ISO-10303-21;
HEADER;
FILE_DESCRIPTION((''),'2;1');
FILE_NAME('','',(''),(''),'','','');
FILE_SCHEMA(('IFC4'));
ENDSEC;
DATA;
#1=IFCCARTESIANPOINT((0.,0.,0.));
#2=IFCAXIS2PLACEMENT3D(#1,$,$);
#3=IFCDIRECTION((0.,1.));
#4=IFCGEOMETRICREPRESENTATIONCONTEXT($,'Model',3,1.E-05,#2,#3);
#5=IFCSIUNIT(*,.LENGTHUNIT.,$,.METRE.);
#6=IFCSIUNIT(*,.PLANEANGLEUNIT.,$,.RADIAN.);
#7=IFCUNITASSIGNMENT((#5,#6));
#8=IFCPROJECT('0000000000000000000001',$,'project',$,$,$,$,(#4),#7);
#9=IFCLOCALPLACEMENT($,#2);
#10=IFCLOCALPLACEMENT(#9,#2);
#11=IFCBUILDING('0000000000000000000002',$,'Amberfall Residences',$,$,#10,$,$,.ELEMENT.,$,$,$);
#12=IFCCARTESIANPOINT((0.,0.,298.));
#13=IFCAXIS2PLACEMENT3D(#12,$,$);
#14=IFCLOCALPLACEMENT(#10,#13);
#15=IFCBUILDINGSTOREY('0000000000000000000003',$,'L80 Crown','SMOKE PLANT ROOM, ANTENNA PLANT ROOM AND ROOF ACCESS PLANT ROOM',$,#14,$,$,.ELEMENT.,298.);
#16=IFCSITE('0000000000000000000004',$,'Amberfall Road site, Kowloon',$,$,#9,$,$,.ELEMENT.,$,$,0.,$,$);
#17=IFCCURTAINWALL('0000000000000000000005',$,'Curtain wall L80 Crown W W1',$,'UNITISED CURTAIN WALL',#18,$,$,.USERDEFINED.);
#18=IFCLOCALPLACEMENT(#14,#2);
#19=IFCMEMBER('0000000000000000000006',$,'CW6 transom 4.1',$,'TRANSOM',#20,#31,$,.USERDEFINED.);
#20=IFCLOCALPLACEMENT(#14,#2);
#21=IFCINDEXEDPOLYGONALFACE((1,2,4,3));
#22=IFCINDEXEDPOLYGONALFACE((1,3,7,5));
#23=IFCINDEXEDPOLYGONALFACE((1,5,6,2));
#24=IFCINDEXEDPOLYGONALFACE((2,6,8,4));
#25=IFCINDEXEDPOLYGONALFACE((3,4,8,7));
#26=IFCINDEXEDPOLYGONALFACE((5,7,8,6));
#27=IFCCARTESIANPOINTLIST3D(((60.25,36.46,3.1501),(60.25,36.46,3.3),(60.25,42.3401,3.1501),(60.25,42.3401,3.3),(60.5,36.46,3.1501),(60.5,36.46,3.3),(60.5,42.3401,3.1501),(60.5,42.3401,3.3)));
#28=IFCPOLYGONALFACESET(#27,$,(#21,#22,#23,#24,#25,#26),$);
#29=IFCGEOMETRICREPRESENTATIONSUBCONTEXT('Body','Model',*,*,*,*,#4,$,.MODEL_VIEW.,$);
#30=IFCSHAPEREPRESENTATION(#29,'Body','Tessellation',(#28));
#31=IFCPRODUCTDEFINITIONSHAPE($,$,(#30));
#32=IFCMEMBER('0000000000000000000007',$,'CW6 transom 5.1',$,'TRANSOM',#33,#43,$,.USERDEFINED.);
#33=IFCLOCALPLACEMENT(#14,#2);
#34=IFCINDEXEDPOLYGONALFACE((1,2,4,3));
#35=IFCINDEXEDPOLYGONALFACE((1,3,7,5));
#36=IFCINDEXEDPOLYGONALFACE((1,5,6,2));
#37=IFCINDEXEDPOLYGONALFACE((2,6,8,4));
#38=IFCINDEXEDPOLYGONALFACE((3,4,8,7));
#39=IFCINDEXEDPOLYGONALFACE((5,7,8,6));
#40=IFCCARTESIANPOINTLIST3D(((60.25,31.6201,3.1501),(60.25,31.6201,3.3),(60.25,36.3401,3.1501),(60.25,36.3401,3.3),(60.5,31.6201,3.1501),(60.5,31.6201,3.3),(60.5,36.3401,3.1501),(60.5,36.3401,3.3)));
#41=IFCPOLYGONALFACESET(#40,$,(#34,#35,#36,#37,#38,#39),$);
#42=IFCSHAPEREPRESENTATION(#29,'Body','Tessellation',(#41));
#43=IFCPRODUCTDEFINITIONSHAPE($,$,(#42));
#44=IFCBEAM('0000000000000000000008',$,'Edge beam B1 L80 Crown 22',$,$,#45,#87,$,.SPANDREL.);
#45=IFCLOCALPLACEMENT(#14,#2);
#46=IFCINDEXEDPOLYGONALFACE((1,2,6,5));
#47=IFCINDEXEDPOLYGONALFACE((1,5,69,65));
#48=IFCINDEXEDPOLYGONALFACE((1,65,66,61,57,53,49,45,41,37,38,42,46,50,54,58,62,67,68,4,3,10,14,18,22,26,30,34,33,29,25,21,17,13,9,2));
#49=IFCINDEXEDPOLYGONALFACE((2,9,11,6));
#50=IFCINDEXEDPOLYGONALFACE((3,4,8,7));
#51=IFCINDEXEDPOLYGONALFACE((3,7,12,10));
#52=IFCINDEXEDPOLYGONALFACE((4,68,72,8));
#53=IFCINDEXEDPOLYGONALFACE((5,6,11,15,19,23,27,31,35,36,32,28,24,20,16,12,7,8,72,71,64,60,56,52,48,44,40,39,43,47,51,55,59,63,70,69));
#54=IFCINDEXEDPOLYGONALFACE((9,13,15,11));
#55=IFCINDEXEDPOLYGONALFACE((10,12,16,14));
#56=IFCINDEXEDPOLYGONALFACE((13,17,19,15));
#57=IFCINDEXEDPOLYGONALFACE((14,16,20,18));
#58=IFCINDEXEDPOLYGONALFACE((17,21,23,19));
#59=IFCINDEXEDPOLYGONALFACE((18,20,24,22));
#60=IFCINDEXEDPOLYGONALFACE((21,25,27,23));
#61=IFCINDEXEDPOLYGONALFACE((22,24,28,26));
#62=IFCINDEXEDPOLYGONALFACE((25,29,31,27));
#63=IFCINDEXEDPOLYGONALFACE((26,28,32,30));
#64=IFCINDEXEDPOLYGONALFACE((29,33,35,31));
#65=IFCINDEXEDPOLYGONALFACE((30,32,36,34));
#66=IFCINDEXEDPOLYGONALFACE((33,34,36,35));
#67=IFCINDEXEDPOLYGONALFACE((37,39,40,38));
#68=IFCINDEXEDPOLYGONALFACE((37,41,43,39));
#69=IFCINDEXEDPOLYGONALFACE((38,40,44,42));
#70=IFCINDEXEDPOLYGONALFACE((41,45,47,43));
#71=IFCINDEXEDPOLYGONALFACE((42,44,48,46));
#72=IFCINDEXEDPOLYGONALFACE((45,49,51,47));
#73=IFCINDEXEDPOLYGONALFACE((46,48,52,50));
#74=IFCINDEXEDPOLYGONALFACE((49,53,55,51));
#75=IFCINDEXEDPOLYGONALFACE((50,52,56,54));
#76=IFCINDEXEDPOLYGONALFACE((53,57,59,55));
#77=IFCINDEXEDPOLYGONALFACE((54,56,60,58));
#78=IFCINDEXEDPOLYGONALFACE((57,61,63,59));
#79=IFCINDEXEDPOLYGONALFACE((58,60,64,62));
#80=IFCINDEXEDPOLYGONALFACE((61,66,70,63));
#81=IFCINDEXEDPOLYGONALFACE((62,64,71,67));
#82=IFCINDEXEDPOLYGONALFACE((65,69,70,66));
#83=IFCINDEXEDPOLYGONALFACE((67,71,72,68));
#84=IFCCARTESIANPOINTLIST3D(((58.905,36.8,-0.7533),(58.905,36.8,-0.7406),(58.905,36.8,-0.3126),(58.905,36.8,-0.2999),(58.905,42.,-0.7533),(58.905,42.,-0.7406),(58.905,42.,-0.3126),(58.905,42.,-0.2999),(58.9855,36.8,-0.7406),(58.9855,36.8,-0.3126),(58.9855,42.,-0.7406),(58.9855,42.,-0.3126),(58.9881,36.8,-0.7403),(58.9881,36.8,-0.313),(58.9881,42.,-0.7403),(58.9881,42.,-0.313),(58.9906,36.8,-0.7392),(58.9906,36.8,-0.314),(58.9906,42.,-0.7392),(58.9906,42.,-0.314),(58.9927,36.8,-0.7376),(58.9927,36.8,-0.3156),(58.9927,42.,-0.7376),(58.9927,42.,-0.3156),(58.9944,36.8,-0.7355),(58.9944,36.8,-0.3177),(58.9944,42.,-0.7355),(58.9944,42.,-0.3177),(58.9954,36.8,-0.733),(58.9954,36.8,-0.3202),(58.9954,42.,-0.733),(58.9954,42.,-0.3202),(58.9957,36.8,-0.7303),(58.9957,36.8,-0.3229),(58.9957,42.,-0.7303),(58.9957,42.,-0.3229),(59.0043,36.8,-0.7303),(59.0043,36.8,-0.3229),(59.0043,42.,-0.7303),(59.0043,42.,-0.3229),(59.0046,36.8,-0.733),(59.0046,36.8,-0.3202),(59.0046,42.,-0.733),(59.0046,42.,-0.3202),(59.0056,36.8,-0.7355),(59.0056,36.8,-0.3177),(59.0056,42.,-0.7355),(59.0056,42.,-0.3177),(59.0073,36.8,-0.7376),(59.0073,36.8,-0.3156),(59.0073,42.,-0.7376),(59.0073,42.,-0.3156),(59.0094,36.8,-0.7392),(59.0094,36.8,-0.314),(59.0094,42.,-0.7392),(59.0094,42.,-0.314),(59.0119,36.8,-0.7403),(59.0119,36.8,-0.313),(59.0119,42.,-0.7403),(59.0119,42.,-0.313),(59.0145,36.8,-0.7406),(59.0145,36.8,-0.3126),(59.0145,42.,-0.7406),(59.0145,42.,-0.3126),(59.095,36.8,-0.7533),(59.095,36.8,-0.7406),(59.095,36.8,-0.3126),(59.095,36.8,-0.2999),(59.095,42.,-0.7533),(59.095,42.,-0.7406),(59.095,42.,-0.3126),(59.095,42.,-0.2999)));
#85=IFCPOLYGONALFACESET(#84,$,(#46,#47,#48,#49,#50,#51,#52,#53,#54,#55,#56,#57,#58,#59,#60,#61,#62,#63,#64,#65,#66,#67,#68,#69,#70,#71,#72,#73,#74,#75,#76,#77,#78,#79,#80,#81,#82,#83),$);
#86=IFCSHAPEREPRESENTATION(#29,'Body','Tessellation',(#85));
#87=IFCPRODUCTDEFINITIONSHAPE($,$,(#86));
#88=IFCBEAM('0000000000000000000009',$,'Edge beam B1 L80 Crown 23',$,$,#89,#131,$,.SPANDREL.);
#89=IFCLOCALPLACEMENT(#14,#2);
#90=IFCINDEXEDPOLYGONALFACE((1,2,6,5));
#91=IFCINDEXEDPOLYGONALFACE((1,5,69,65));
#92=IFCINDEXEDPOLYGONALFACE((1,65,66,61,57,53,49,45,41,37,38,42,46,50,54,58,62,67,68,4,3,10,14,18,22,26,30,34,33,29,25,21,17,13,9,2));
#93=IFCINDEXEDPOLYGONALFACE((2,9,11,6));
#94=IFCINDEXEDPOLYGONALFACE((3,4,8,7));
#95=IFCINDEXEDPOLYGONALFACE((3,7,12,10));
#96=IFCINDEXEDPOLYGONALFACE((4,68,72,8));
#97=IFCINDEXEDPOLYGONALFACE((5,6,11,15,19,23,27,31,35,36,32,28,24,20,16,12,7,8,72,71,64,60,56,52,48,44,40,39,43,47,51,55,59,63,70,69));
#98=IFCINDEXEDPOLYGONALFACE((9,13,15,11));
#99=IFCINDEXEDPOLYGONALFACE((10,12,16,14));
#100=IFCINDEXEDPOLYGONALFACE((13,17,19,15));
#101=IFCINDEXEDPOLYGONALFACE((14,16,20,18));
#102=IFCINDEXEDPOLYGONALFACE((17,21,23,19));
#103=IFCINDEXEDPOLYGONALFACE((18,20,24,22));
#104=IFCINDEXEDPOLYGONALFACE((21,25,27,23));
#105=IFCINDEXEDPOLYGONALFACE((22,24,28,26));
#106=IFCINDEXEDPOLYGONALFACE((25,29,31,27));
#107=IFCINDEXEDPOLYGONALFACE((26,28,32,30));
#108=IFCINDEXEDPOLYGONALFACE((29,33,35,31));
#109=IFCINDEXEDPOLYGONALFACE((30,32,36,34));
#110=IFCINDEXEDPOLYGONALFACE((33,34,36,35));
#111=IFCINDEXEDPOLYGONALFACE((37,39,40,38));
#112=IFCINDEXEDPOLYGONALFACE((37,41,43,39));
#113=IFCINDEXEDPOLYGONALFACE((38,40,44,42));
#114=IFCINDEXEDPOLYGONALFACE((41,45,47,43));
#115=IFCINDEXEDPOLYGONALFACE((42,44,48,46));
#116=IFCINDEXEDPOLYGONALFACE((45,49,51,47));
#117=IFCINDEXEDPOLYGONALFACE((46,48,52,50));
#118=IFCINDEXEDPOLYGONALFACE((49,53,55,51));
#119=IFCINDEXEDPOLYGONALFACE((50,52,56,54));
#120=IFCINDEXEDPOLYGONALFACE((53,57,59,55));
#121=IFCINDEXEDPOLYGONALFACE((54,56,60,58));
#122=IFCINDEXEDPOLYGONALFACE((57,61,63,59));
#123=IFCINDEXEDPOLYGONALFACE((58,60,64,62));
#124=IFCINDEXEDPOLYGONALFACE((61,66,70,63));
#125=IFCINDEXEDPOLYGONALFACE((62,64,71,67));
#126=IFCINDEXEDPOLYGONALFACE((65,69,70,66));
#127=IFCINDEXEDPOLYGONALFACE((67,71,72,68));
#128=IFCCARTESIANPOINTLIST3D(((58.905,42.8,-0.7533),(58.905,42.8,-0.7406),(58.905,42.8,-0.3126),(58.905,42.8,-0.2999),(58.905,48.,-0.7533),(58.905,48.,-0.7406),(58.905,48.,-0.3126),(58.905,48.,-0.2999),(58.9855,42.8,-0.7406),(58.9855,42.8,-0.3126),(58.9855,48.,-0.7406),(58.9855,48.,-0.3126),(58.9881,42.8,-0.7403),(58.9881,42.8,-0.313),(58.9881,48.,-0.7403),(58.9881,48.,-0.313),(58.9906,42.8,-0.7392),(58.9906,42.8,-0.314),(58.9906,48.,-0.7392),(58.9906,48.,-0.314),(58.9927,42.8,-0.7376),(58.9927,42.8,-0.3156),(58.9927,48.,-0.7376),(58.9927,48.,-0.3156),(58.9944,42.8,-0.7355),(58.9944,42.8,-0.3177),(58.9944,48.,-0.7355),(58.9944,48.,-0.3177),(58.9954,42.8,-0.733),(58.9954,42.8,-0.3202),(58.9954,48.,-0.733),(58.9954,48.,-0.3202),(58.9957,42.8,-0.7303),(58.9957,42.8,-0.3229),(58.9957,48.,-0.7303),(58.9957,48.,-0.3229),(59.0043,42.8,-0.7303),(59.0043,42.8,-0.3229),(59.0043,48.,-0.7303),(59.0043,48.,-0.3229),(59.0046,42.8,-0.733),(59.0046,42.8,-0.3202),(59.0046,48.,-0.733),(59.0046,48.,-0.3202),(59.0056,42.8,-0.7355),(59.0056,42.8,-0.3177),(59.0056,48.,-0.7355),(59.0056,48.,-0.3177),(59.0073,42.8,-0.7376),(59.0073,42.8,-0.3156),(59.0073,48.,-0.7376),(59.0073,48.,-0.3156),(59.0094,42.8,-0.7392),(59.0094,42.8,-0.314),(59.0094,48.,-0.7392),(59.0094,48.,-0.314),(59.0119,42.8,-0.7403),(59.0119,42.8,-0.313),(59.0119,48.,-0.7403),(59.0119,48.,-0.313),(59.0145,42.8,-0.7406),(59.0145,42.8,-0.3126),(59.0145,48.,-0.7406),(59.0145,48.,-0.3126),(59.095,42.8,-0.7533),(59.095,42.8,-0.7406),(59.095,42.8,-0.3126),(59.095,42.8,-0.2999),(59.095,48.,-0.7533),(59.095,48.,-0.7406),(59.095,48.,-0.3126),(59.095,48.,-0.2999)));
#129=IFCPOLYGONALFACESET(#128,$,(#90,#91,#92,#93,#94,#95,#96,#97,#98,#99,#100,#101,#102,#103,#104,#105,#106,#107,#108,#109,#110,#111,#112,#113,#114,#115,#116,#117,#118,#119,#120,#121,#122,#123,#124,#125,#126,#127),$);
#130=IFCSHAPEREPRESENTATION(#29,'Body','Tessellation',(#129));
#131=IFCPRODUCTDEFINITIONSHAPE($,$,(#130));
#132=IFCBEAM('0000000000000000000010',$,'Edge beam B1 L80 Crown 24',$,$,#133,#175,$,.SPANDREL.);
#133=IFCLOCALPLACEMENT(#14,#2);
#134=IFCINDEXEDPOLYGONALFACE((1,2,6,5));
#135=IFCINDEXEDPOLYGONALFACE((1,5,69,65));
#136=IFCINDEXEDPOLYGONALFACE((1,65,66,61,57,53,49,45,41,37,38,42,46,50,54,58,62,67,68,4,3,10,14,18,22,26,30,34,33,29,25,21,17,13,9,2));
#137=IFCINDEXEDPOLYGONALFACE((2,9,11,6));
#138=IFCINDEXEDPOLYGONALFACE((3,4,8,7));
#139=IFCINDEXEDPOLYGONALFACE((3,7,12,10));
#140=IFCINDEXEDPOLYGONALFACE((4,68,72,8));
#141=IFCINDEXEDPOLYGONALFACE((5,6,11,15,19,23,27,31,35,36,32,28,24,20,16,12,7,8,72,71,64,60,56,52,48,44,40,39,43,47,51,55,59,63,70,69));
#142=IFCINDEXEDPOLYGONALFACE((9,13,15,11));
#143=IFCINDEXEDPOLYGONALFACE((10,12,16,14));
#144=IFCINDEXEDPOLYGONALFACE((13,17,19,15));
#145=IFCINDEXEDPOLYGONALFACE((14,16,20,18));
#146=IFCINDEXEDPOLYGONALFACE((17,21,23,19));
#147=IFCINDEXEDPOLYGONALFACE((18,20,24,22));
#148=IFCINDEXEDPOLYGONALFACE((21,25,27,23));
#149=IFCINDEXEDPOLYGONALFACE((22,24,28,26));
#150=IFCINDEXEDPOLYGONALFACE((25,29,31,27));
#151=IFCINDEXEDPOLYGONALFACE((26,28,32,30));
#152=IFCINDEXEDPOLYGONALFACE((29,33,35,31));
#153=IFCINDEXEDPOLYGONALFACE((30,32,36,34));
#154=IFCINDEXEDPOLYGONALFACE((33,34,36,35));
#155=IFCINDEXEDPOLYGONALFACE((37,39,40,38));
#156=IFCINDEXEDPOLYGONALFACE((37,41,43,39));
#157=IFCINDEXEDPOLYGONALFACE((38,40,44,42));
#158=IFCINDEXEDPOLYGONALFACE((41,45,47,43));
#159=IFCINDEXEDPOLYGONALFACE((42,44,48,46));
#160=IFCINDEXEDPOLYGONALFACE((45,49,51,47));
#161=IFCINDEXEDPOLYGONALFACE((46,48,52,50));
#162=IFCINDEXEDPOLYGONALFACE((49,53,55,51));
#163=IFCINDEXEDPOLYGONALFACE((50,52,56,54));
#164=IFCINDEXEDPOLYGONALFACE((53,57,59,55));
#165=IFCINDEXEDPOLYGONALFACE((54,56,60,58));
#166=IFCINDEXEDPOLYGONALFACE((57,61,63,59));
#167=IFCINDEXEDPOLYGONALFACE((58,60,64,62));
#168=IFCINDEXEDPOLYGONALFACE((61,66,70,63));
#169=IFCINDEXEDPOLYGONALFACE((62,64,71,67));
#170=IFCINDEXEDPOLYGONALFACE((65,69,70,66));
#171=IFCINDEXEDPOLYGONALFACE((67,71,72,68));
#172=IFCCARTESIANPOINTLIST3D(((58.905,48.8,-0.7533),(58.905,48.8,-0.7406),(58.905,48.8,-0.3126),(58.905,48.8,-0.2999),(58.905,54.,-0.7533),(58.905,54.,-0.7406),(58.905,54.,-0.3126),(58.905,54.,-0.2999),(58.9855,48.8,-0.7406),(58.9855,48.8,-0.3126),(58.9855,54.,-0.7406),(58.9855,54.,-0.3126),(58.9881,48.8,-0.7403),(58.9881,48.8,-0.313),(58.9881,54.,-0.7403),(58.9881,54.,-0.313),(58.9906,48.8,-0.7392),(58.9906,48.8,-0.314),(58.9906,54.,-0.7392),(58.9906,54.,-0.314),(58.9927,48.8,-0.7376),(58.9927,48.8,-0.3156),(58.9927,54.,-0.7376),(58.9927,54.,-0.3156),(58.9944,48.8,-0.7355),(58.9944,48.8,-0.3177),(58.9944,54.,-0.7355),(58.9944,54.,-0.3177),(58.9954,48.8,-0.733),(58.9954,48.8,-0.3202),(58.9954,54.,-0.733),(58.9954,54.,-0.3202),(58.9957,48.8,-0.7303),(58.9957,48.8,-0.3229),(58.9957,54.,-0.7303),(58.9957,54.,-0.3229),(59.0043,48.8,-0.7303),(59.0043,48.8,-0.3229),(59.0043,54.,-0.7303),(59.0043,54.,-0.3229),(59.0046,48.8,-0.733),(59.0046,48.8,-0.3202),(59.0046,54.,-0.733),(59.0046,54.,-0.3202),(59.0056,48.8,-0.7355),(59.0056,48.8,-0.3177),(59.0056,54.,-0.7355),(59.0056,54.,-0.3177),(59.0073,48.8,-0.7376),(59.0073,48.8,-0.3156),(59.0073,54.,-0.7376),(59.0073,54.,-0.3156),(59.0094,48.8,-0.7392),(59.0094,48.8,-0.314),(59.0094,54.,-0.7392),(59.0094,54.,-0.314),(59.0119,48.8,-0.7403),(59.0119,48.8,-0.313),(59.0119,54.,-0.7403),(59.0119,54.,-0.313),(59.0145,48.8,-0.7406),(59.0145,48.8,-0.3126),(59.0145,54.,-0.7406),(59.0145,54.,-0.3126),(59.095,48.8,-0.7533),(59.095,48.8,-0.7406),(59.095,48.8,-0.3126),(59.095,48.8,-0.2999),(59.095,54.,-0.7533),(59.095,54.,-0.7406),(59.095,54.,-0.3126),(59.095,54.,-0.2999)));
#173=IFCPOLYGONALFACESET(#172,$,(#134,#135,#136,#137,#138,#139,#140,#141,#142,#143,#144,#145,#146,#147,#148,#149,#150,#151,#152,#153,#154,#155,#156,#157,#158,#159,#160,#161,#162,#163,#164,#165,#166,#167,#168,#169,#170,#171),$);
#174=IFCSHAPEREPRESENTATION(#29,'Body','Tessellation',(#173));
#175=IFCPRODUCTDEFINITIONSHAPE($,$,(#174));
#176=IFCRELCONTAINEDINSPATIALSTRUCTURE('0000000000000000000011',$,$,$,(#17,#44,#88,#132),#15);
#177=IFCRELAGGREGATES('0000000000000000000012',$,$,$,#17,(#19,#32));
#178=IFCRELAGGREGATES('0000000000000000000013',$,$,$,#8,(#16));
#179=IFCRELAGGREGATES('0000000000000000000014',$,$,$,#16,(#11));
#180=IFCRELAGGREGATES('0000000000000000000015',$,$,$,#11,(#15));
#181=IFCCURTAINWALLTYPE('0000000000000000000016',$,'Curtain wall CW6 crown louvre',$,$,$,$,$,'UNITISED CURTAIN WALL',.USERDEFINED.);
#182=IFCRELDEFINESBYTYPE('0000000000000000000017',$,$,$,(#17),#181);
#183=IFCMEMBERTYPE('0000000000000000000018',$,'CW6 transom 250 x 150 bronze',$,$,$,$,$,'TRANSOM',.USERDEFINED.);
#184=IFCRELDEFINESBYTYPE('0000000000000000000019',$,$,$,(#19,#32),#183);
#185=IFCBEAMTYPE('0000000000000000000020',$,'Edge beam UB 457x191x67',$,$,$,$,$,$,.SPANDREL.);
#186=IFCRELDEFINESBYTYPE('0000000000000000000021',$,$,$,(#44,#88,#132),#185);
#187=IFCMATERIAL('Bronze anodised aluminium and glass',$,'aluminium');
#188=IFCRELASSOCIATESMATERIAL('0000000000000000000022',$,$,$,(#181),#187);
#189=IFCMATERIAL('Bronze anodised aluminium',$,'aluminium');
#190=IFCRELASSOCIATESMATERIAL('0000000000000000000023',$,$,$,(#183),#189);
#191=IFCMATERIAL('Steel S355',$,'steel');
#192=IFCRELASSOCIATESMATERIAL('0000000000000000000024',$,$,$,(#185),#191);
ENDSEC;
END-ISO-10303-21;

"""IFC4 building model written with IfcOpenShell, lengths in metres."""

from ifc_helpers import new_model, si_unit, direction, frame, origin, origin_2d, place, context, subcontext, project, spatial, rectangle, i_section, extrude, material, material_profile, profile_set, type_object, element, aggregate, save


model = new_model("IFC4")

# Units and contexts
model_context = context("Model", 3, precision=1e-05, world=origin(), true_north=direction((0.0, 1.0)))
body_context = subcontext(model_context, "Body", "Model", "MODEL_VIEW")
ifc_project = project(units=[si_unit("LENGTHUNIT", "METRE"), si_unit("PLANEANGLEUNIT", "RADIAN")], contexts=[model_context])

# Site, building, storey
site_placement = place(None, origin())
site = spatial("IfcSite", under=ifc_project, at=site_placement, Name="Amberfall Road site, Kowloon", CompositionType="ELEMENT", RefElevation=0.0)
building_placement = place(site_placement, origin())
building = spatial("IfcBuilding", under=site, at=building_placement, Name="Amberfall Residences", CompositionType="ELEMENT")
storey_placement = place(building_placement, frame((0.0, 0.0, 298.0)))
storey = spatial("IfcBuildingStorey", under=building, at=storey_placement, Name="L80 Crown", Description="SMOKE PLANT ROOM, ANTENNA PLANT ROOM AND ROOF ACCESS PLANT ROOM", CompositionType="ELEMENT", Elevation=298.0)

# Shared definitions
ifc_material_1 = material(Name="Bronze anodised aluminium and glass", Category="aluminium")
curtain_wall_type = type_object("IfcCurtainWallType", Name="Curtain wall CW6 crown louvre", ElementType="UNITISED CURTAIN WALL", PredefinedType="USERDEFINED", material=ifc_material_1)
ifc_material_2 = material(Name="Bronze anodised aluminium", Category="aluminium")

# Curtain wall
curtain_wall_1_placement = place(storey_placement, origin())
curtain_wall_1 = element("IfcCurtainWall", 1, at=curtain_wall_1_placement, inside=storey, type_object=curtain_wall_type, Name="Curtain wall L80 Crown W W1", ObjectType="UNITISED CURTAIN WALL", PredefinedType="USERDEFINED")

# Members
ifc_material_profile_1 = material_profile(ifc_material_2, rectangle(XDim=0.25, YDim=0.1499, at=origin_2d()), Name="CW6 transom 250 x 150 bronze")
ifc_profile_set_1 = profile_set([ifc_material_profile_1], Name="Bronze anodised aluminium")
member_type_1 = type_object("IfcMemberType", Name="CW6 transom 250 x 150 bronze", ElementType="TRANSOM", PredefinedType="USERDEFINED", material=ifc_profile_set_1)
member_1_placement = place(storey_placement, frame((60.375, 42.3401, 3.2251), z_axis=(0.0, -1.0, 0.0), x_axis=(1.0, 0.0, 0.0)))
member_1 = element("IfcMember", 2, at=member_1_placement, type_object=member_type_1, Name="CW6 transom 4.1", ObjectType="TRANSOM", PredefinedType="USERDEFINED", context=body_context, shape_type="SweptSolid", body=[
    extrude(rectangle(XDim=0.25, YDim=0.1499, at=origin_2d()), origin(), (0.0, 0.0, 1.0), 5.8801),
])
member_2_placement = place(storey_placement, frame((60.375, 36.3401, 3.2251), z_axis=(0.0, -1.0, 0.0), x_axis=(1.0, 0.0, 0.0)))
member_2 = element("IfcMember", 3, at=member_2_placement, type_object=member_type_1, Name="CW6 transom 5.1", ObjectType="TRANSOM", PredefinedType="USERDEFINED", context=body_context, shape_type="SweptSolid", body=[
    extrude(rectangle(XDim=0.25, YDim=0.1499, at=origin_2d()), origin(), (0.0, 0.0, 1.0), 4.72),
])

# Beams
ifc_material_3 = material(Name="Steel S355", Category="steel")
ifc_material_profile_2 = material_profile(ifc_material_3, i_section(OverallWidth=0.1899, OverallDepth=0.4534, WebThickness=0.0085, FlangeThickness=0.0127, FilletRadius=0.0103, at=origin_2d()), Name="UB 457x191x67")
ifc_profile_set_2 = profile_set([ifc_material_profile_2], Name="Steel S355")
beam_type_1 = type_object("IfcBeamType", Name="Edge beam UB 457x191x67", PredefinedType="SPANDREL", material=ifc_profile_set_2)
for number, where, z_axis, x_axis, name in (
    (4, (59.0, 36.8, -0.5266), (0.0, 1.0, 0.0), (-1.0, 0.0, 0.0), "Edge beam B1 L80 Crown 22"),
    (5, (59.0, 42.8, -0.5266), (0.0, 1.0, 0.0), (-1.0, 0.0, 0.0), "Edge beam B1 L80 Crown 23"),
    (6, (59.0, 48.8, -0.5266), (0.0, 1.0, 0.0), (-1.0, 0.0, 0.0), "Edge beam B1 L80 Crown 24"),
):
    element("IfcBeam", number, at=place(storey_placement, frame(where, z_axis=z_axis, x_axis=x_axis)), inside=storey, type_object=beam_type_1, Name=name, PredefinedType="SPANDREL", context=body_context, shape_type="SweptSolid", body=[
        extrude(i_section(OverallWidth=0.1899, OverallDepth=0.4534, WebThickness=0.0085, FlangeThickness=0.0127, FilletRadius=0.0103, at=origin_2d()), origin(), (0.0, 0.0, 1.0), 5.2),
    ])

aggregate(curtain_wall_1, [member_1, member_2])

save(model, "model.ifc")
